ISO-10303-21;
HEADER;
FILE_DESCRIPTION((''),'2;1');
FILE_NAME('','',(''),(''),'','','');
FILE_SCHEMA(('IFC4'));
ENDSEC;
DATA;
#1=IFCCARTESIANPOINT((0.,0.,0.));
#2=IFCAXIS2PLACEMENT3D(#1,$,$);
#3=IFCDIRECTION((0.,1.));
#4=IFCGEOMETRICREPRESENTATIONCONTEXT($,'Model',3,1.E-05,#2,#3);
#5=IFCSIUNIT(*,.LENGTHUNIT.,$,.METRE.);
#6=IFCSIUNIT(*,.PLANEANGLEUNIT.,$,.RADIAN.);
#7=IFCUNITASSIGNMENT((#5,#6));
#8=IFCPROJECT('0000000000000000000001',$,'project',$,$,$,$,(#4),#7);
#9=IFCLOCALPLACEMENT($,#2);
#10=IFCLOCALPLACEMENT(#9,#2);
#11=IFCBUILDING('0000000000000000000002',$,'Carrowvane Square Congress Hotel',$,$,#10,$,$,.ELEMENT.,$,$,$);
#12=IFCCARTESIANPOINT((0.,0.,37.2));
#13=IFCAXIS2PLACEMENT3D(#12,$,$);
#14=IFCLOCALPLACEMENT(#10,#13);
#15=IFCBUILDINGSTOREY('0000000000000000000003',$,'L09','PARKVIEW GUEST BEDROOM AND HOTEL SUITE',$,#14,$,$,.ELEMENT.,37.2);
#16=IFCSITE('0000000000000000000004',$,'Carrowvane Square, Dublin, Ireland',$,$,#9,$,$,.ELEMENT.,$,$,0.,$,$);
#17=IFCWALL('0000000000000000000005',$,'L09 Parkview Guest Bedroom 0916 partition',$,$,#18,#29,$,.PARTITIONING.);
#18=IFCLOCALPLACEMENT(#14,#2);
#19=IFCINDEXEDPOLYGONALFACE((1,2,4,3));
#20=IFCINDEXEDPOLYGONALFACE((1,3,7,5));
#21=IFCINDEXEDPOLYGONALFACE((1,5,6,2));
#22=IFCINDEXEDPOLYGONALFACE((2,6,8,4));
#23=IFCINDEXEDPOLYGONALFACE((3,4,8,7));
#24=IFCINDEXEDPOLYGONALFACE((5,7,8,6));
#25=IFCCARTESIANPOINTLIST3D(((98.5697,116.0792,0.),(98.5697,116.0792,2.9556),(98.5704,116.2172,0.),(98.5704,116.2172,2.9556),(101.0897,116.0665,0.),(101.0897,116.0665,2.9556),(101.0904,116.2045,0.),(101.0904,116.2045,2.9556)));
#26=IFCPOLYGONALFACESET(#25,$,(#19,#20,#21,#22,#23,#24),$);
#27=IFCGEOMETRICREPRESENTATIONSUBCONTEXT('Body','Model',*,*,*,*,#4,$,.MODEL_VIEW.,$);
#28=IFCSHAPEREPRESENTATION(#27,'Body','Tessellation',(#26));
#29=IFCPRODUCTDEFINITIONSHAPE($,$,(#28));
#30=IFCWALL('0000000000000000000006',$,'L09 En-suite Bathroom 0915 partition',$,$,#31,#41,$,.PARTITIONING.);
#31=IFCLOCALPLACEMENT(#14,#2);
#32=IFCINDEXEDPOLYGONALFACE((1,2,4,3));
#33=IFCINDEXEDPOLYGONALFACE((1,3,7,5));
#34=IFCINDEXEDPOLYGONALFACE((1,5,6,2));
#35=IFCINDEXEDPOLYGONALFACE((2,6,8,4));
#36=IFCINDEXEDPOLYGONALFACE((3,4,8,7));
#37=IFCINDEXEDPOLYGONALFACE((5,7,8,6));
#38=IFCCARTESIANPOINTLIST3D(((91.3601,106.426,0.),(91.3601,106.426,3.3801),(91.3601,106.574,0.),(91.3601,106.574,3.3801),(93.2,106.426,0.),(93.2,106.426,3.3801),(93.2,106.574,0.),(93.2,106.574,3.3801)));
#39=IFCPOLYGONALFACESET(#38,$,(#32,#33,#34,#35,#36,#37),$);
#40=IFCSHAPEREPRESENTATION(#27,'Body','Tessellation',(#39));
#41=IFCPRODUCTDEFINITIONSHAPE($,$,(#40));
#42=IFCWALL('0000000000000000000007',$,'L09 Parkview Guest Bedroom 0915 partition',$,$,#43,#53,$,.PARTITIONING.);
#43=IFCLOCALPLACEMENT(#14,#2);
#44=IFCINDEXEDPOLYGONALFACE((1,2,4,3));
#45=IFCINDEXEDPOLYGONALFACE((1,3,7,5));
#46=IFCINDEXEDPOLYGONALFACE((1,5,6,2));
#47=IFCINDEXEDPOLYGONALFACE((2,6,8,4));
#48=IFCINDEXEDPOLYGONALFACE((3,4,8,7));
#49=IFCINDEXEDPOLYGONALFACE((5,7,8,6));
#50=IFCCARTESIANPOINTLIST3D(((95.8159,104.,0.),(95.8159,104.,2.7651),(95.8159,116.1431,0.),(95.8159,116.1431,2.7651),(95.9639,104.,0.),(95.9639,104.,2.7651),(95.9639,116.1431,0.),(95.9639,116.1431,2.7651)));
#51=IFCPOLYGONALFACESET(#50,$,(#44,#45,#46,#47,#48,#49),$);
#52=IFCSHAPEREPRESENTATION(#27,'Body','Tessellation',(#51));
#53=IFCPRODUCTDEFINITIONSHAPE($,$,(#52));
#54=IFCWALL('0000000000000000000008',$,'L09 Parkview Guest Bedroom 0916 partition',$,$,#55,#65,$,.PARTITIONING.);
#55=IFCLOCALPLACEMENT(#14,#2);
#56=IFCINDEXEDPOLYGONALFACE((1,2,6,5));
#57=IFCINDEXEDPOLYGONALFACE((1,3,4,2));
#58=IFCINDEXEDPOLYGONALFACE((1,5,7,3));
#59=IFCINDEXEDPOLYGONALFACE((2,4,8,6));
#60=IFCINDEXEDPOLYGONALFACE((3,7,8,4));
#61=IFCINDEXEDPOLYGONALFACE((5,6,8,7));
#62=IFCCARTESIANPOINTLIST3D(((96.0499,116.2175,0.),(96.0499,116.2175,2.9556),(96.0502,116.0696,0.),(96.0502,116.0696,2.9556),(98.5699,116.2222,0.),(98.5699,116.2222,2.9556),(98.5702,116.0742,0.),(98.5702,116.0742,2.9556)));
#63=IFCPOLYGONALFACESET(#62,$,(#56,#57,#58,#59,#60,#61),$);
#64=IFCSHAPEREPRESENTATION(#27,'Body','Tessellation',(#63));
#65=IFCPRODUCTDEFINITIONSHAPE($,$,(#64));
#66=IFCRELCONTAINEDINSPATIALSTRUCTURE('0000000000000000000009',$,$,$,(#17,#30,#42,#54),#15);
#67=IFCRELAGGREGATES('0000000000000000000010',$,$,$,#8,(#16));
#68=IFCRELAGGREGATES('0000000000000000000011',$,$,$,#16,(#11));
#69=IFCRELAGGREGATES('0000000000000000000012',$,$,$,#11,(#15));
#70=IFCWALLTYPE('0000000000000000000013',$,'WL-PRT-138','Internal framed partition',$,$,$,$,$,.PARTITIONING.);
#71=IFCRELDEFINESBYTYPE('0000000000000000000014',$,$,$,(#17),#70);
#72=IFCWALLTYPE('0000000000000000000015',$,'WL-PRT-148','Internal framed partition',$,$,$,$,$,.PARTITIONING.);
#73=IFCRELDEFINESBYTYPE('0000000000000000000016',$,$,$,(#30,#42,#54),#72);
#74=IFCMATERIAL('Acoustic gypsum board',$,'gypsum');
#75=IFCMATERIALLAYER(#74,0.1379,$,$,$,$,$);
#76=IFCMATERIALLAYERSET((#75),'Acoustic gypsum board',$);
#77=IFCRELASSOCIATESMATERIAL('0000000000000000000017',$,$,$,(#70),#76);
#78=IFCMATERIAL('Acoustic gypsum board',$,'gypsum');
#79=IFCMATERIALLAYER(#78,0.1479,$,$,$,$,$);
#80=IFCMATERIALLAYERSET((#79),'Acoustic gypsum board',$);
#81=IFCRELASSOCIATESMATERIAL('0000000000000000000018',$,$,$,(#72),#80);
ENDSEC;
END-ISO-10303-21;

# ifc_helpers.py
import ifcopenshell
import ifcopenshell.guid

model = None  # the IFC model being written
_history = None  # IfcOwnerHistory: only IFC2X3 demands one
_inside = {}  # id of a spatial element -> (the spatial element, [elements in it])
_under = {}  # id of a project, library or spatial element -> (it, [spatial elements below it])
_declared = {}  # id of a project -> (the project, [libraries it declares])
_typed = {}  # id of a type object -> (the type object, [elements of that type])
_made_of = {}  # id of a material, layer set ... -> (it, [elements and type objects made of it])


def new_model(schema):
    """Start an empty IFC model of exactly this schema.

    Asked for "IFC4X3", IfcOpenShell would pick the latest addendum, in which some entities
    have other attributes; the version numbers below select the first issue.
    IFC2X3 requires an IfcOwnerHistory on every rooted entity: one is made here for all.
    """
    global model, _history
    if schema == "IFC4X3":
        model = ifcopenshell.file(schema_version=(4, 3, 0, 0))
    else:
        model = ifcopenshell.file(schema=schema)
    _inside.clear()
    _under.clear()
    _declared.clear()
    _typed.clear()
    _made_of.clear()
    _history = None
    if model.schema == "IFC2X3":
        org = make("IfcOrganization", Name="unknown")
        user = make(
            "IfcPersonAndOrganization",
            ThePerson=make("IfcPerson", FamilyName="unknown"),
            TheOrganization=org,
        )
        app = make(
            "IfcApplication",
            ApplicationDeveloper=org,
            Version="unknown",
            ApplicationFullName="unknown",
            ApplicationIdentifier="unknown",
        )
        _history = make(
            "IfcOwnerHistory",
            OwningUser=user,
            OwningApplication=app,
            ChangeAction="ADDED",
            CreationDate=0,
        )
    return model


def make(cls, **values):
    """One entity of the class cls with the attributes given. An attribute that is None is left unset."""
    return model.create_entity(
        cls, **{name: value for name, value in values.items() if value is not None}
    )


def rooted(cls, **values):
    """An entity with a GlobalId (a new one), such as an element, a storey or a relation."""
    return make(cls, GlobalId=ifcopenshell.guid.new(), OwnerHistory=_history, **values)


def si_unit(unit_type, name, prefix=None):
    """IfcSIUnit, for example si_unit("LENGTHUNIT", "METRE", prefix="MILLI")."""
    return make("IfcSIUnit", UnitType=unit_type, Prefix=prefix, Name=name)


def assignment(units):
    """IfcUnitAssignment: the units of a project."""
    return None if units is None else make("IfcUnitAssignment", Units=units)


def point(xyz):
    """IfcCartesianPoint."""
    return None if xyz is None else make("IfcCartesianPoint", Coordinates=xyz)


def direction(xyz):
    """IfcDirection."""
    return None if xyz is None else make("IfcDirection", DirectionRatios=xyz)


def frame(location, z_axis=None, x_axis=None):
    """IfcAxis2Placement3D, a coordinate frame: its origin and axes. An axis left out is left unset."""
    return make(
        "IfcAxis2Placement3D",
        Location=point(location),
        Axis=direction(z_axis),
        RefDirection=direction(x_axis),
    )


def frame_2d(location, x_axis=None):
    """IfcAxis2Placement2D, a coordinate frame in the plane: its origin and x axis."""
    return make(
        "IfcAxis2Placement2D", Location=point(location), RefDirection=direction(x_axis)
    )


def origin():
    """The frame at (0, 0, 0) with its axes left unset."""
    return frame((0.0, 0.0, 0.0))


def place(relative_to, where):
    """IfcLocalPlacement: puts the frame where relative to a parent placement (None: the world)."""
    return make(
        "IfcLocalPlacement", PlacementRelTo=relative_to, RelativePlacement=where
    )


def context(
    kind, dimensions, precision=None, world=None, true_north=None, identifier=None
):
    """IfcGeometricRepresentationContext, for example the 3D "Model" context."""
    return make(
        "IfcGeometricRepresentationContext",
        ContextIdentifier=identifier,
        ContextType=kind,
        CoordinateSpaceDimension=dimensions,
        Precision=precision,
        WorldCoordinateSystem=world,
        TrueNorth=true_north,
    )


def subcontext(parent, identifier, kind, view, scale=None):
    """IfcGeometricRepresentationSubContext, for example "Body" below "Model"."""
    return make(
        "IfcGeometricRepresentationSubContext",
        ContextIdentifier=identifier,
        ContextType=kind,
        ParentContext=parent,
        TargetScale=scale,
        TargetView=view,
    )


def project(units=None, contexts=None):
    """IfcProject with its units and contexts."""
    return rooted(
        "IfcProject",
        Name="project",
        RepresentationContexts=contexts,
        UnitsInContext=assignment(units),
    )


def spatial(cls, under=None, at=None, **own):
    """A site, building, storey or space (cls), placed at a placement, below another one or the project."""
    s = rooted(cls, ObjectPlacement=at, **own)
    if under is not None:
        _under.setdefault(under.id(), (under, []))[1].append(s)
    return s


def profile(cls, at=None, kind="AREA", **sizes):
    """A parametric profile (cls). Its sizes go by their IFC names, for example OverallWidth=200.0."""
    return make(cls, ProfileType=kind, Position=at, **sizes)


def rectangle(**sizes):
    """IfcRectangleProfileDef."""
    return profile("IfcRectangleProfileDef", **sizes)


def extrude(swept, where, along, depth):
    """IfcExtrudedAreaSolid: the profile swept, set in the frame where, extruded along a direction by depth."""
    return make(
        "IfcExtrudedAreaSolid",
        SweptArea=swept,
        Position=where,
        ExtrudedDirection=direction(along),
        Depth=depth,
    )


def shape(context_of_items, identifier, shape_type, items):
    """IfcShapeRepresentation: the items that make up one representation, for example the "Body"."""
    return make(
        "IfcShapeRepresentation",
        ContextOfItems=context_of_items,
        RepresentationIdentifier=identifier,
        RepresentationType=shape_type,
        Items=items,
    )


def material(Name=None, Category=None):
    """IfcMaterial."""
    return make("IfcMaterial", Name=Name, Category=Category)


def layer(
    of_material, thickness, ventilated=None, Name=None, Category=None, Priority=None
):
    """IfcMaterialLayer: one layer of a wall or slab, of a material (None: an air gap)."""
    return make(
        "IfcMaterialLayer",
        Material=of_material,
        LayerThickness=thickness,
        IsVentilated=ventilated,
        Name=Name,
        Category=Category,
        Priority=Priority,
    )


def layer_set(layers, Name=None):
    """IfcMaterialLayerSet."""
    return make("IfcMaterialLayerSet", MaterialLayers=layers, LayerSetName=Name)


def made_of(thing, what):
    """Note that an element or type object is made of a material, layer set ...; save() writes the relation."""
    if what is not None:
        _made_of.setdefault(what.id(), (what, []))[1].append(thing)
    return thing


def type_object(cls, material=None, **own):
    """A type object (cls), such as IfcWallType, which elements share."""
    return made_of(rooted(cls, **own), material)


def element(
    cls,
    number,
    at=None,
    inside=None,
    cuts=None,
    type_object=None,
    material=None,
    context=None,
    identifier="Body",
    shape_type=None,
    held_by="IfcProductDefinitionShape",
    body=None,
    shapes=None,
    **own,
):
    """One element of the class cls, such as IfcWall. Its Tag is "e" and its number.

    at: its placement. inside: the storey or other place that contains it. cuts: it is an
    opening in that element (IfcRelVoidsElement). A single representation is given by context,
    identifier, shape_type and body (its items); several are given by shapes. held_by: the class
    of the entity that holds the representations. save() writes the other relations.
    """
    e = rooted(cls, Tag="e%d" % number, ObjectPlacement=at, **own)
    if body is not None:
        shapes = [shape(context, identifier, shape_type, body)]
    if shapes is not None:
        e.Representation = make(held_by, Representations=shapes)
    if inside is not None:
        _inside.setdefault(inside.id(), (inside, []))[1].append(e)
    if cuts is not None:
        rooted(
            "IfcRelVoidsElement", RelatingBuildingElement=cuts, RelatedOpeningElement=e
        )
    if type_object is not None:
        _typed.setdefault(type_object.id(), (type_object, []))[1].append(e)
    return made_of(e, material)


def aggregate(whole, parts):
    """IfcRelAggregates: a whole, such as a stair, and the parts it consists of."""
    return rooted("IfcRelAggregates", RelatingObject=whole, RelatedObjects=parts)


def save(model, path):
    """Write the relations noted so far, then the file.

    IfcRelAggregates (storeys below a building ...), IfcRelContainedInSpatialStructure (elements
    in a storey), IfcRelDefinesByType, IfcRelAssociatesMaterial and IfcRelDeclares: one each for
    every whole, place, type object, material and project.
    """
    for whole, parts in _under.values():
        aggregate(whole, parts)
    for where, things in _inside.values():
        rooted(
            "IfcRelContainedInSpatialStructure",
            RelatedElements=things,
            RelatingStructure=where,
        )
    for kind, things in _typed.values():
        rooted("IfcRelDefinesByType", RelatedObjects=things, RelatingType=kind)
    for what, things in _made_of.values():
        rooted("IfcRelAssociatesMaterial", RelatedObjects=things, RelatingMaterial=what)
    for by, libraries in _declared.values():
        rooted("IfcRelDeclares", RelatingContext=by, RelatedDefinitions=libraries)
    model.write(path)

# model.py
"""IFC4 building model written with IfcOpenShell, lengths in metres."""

from ifc_helpers import new_model, si_unit, direction, frame, frame_2d, origin, place, context, subcontext, project, spatial, rectangle, extrude, material, layer, layer_set, type_object, element, save


model = new_model("IFC4")

# Units and contexts
model_context = context("Model", 3, precision=1e-05, world=origin(), true_north=direction((0.0, 1.0)))
body_context = subcontext(model_context, "Body", "Model", "MODEL_VIEW")
ifc_project = project(units=[si_unit("LENGTHUNIT", "METRE"), si_unit("PLANEANGLEUNIT", "RADIAN")], contexts=[model_context])

# Site, building, storey
site_placement = place(None, origin())
site = spatial("IfcSite", under=ifc_project, at=site_placement, Name="Carrowvane Square, Dublin, Ireland", CompositionType="ELEMENT", RefElevation=0.0)
building_placement = place(site_placement, origin())
building = spatial("IfcBuilding", under=site, at=building_placement, Name="Carrowvane Square Congress Hotel", CompositionType="ELEMENT")
storey_placement = place(building_placement, frame((0.0, 0.0, 37.2)))
storey = spatial("IfcBuildingStorey", under=building, at=storey_placement, Name="L09", Description="PARKVIEW GUEST BEDROOM AND HOTEL SUITE", CompositionType="ELEMENT", Elevation=37.2)

# Shared definitions
ifc_material_1 = material(Name="Acoustic gypsum board", Category="gypsum")
ifc_layer_1 = layer(ifc_material_1, 0.1379)
ifc_layer_set_1 = layer_set([ifc_layer_1], Name="Acoustic gypsum board")
wall_type_1 = type_object("IfcWallType", Name="WL-PRT-138", Description="Internal framed partition", PredefinedType="PARTITIONING", material=ifc_layer_set_1)

# Walls
wall_1_placement = place(storey_placement, frame((98.5701, 116.1482, 0.0), z_axis=(0.0, 0.0, 1.0), x_axis=(0.999987, -0.005038, 0.0)))
element("IfcWall", 1, at=wall_1_placement, inside=storey, type_object=wall_type_1, Name="L09 Parkview Guest Bedroom 0916 partition", PredefinedType="PARTITIONING", context=body_context, shape_type="SweptSolid", body=[
    extrude(rectangle(XDim=2.52, YDim=0.1379, at=frame_2d((1.26, 0.0))), origin(), (0.0, 0.0, 1.0), 2.9556),
])
ifc_material_2 = material(Name="Acoustic gypsum board", Category="gypsum")
ifc_layer_2 = layer(ifc_material_2, 0.1479)
ifc_layer_set_2 = layer_set([ifc_layer_2], Name="Acoustic gypsum board")
wall_type_2 = type_object("IfcWallType", Name="WL-PRT-148", Description="Internal framed partition", PredefinedType="PARTITIONING", material=ifc_layer_set_2)
wall_2_placement = place(storey_placement, frame((91.3601, 106.5, 0.0), z_axis=(0.0, 0.0, 1.0), x_axis=(1.0, 0.0, 0.0)))
element("IfcWall", 2, at=wall_2_placement, inside=storey, type_object=wall_type_2, Name="L09 En-suite Bathroom 0915 partition", PredefinedType="PARTITIONING", context=body_context, shape_type="SweptSolid", body=[
    extrude(rectangle(XDim=1.8398, YDim=0.1479, at=frame_2d((0.9199, 0.0))), origin(), (0.0, 0.0, 1.0), 3.3801),
])
wall_3_placement = place(storey_placement, frame((95.8899, 116.1431, 0.0), z_axis=(0.0, 0.0, 1.0), x_axis=(0.0, -1.0, 0.0)))
element("IfcWall", 3, at=wall_3_placement, inside=storey, type_object=wall_type_2, Name="L09 Parkview Guest Bedroom 0915 partition", PredefinedType="PARTITIONING", context=body_context, shape_type="SweptSolid", body=[
    extrude(rectangle(XDim=12.1431, YDim=0.1479, at=frame_2d((6.0715, 0.0))), origin(), (0.0, 0.0, 1.0), 2.7651),
])

# Wall
wall_4_placement = place(storey_placement, frame((96.05, 116.1436, 0.0), z_axis=(0.0, 0.0, 1.0), x_axis=(0.999998, 0.001841, 0.0)))
element("IfcWall", 4, at=wall_4_placement, inside=storey, type_object=wall_type_2, Name="L09 Parkview Guest Bedroom 0916 partition", PredefinedType="PARTITIONING", context=body_context, shape_type="SweptSolid", body=[
    extrude(rectangle(XDim=2.52, YDim=0.1479, at=frame_2d((1.26, 0.0))), origin(), (0.0, 0.0, 1.0), 2.9556),
])

save(model, "model.ifc")
